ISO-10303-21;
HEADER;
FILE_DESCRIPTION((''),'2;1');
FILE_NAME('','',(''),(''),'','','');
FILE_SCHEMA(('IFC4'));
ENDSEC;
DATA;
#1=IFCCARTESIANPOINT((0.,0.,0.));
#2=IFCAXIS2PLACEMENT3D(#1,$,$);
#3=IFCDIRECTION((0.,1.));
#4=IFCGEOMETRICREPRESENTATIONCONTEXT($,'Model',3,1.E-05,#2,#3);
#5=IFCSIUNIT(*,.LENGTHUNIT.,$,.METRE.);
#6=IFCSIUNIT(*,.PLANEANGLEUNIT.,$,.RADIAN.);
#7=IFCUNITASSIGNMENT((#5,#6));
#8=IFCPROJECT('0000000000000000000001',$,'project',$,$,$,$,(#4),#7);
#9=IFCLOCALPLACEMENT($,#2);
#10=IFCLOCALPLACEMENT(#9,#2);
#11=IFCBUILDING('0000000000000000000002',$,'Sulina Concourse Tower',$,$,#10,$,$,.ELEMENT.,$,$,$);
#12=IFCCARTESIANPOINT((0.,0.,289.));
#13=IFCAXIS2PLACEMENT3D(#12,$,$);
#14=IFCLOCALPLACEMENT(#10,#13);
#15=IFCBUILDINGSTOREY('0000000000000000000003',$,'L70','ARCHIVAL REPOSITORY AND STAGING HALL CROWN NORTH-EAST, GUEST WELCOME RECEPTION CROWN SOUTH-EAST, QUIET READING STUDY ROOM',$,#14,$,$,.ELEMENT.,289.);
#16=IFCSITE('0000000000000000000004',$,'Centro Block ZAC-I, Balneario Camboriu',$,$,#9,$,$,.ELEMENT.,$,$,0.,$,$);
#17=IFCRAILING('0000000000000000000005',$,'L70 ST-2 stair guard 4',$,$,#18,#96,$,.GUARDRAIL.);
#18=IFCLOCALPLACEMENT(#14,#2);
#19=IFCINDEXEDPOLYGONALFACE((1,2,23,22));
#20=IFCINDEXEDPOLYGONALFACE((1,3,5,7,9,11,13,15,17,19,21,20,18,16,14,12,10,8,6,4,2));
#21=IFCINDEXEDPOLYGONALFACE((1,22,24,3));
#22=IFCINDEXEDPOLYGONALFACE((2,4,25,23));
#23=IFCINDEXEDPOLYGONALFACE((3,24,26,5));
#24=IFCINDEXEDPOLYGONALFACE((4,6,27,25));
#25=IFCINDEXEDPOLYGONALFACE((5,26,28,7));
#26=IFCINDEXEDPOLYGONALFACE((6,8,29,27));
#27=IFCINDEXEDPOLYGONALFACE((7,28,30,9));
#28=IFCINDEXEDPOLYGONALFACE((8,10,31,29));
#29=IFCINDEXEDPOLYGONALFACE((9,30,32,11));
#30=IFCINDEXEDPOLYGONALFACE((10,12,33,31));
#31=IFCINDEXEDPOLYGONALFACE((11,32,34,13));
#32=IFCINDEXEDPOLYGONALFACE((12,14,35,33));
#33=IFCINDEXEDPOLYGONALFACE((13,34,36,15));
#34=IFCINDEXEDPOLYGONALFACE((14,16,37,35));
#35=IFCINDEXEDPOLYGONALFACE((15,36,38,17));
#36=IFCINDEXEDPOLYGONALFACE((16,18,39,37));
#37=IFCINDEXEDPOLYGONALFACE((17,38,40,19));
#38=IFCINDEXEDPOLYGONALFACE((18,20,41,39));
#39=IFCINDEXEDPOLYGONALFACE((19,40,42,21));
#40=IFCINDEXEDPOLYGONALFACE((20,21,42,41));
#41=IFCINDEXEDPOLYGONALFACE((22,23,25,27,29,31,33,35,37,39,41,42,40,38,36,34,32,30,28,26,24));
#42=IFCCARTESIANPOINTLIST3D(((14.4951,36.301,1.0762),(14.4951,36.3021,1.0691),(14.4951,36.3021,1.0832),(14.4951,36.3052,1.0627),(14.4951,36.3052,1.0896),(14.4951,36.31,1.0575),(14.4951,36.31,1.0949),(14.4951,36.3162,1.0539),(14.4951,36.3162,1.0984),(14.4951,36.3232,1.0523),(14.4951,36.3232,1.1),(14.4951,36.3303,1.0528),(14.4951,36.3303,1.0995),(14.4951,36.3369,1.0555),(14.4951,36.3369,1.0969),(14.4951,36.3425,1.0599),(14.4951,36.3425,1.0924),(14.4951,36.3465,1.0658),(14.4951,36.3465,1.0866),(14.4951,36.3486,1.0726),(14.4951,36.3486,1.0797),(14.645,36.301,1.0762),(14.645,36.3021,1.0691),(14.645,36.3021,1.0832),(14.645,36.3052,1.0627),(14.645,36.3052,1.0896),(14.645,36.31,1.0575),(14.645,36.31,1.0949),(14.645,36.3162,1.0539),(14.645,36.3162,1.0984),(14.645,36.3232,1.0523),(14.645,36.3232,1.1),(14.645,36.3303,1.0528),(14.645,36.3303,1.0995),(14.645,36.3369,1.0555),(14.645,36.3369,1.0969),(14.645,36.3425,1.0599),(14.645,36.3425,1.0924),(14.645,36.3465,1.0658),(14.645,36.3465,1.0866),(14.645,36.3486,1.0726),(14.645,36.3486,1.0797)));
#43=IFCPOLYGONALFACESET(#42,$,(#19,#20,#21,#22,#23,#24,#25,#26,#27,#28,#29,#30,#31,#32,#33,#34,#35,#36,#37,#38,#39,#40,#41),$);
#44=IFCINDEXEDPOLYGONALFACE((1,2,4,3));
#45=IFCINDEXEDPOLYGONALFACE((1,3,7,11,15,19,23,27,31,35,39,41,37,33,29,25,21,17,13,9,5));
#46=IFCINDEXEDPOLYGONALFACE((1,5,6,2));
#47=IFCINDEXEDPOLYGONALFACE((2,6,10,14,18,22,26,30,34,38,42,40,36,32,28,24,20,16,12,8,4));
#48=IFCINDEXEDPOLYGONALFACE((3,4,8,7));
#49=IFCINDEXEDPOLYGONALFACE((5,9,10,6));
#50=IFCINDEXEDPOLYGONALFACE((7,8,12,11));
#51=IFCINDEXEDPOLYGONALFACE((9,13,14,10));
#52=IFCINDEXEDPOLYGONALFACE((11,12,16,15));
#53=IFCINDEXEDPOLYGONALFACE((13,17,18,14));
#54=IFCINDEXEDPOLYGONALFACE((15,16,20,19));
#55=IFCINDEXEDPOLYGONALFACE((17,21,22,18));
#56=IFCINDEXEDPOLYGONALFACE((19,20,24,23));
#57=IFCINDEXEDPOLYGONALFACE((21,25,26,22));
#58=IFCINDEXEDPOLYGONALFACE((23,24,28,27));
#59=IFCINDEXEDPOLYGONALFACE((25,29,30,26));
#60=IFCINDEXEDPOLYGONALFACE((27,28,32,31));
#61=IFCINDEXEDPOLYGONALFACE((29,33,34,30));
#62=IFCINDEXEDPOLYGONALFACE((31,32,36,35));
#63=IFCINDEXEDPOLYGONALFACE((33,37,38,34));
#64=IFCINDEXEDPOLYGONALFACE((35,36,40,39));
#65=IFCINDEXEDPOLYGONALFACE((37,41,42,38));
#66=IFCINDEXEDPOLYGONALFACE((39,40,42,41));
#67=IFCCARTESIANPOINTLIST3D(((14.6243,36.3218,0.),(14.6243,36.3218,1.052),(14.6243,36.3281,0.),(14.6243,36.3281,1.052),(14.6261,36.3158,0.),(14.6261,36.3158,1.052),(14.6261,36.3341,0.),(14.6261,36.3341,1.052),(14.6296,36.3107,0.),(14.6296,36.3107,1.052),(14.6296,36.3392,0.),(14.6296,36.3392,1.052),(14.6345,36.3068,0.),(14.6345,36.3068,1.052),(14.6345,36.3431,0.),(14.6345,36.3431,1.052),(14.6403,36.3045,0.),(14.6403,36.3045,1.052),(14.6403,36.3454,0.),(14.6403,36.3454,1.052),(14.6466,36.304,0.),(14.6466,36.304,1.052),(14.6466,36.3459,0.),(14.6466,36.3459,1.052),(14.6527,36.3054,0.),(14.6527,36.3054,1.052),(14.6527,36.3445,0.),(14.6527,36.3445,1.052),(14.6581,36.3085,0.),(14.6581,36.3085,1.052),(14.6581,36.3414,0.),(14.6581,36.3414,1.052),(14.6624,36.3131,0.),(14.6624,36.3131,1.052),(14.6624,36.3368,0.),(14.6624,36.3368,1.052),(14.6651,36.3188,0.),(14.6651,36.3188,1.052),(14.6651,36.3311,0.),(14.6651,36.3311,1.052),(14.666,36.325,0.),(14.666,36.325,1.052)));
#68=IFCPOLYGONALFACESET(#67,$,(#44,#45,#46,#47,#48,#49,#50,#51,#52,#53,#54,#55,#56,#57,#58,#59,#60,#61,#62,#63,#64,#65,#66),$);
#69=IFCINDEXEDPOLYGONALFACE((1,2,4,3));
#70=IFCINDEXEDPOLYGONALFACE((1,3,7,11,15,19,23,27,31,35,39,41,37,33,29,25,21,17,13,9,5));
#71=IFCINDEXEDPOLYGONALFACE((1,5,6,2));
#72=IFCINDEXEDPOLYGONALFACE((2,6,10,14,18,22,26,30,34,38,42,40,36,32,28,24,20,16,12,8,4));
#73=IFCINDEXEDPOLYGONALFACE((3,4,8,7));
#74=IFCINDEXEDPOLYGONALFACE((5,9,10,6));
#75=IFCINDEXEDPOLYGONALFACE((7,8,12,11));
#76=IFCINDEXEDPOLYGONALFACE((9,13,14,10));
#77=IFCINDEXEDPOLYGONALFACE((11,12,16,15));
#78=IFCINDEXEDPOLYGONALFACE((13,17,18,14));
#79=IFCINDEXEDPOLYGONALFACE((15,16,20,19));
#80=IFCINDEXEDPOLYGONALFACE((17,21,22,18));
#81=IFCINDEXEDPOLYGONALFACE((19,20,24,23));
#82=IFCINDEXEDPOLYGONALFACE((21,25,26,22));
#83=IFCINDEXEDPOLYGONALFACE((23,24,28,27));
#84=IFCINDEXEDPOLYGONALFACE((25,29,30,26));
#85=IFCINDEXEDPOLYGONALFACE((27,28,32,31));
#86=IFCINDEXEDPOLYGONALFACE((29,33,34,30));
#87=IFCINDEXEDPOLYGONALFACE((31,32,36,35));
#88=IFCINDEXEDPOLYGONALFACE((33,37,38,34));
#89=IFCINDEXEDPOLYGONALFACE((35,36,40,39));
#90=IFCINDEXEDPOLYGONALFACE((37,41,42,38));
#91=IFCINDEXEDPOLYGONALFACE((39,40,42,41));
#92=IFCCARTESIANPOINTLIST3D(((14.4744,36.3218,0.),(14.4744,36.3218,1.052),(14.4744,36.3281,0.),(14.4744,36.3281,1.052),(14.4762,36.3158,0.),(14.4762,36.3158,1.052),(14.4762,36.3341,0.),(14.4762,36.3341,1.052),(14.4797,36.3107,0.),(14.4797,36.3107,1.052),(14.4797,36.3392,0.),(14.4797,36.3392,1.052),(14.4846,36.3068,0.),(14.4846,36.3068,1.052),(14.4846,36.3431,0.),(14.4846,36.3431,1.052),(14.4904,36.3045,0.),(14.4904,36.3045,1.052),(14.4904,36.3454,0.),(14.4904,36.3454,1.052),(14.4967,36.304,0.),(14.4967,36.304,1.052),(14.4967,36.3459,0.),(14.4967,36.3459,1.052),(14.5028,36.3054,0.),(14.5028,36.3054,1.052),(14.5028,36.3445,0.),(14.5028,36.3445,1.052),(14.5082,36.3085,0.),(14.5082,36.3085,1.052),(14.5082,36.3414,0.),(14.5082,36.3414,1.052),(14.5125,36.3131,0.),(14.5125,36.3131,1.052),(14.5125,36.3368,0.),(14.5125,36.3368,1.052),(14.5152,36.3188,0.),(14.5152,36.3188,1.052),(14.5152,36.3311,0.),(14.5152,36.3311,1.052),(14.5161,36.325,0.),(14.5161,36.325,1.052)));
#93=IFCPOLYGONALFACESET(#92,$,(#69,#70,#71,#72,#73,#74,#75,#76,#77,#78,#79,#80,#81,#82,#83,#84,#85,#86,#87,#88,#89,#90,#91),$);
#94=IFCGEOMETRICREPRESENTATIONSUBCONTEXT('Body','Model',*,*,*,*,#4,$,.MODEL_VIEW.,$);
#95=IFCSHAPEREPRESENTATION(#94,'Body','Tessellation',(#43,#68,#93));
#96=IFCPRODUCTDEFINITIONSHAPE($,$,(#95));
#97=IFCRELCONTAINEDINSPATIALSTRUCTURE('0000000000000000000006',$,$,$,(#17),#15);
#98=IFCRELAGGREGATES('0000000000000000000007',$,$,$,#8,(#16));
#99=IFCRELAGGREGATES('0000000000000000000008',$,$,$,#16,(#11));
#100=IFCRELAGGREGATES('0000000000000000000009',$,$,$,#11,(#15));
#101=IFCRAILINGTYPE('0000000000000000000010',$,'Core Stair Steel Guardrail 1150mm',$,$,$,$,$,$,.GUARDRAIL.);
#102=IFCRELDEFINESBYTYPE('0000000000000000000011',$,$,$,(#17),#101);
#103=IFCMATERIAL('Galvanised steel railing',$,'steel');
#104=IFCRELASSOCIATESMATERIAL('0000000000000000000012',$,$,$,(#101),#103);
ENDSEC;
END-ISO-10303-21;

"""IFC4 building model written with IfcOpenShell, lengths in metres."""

from ifc_helpers import new_model, si_unit, direction, frame, origin, origin_2d, place, context, subcontext, project, spatial, circle, extrude, material, type_object, element, save


model = new_model("IFC4")

# Units and contexts
model_context = context("Model", 3, precision=1e-05, world=origin(), true_north=direction((0.0, 1.0)))
body_context = subcontext(model_context, "Body", "Model", "MODEL_VIEW")
ifc_project = project(units=[si_unit("LENGTHUNIT", "METRE"), si_unit("PLANEANGLEUNIT", "RADIAN")], contexts=[model_context])

# Site, building, storey
site_placement = place(None, origin())
site = spatial("IfcSite", under=ifc_project, at=site_placement, Name="Centro Block ZAC-I, Balneario Camboriu", CompositionType="ELEMENT", RefElevation=0.0)
building_placement = place(site_placement, origin())
building = spatial("IfcBuilding", under=site, at=building_placement, Name="Sulina Concourse Tower", CompositionType="ELEMENT")
storey_placement = place(building_placement, frame((0.0, 0.0, 289.0)))
storey = spatial("IfcBuildingStorey", under=building, at=storey_placement, Name="L70", Description="ARCHIVAL REPOSITORY AND STAGING HALL CROWN NORTH-EAST, GUEST WELCOME RECEPTION CROWN SOUTH-EAST, QUIET READING STUDY ROOM", CompositionType="ELEMENT", Elevation=289.0)

# Railing
ifc_material_1 = material(Name="Galvanised steel railing", Category="steel")
railing_type = type_object("IfcRailingType", Name="Core Stair Steel Guardrail 1150mm", PredefinedType="GUARDRAIL", material=ifc_material_1)
railing_placement = place(storey_placement, frame((14.645, 36.325, 0.0)))
element("IfcRailing", 1, at=railing_placement, inside=storey, type_object=railing_type, Name="L70 ST-2 stair guard 4", PredefinedType="GUARDRAIL", context=body_context, shape_type="SweptSolid", body=[
    extrude(circle(Radius=0.0239, at=origin_2d()), frame((0.0, 0.0, 1.0762), z_axis=(-1.0, 0.0, 0.0), x_axis=(0.0, -1.0, 0.0)), (0.0, 0.0, 1.0), 0.1499),
    extrude(circle(Radius=0.021, at=origin_2d()), origin(), (0.0, 0.0, 1.0), 1.052),
    extrude(circle(Radius=0.021, at=origin_2d()), frame((-0.1499, 0.0, 0.0)), (0.0, 0.0, 1.0), 1.052),
])

save(model, "model.ifc")
